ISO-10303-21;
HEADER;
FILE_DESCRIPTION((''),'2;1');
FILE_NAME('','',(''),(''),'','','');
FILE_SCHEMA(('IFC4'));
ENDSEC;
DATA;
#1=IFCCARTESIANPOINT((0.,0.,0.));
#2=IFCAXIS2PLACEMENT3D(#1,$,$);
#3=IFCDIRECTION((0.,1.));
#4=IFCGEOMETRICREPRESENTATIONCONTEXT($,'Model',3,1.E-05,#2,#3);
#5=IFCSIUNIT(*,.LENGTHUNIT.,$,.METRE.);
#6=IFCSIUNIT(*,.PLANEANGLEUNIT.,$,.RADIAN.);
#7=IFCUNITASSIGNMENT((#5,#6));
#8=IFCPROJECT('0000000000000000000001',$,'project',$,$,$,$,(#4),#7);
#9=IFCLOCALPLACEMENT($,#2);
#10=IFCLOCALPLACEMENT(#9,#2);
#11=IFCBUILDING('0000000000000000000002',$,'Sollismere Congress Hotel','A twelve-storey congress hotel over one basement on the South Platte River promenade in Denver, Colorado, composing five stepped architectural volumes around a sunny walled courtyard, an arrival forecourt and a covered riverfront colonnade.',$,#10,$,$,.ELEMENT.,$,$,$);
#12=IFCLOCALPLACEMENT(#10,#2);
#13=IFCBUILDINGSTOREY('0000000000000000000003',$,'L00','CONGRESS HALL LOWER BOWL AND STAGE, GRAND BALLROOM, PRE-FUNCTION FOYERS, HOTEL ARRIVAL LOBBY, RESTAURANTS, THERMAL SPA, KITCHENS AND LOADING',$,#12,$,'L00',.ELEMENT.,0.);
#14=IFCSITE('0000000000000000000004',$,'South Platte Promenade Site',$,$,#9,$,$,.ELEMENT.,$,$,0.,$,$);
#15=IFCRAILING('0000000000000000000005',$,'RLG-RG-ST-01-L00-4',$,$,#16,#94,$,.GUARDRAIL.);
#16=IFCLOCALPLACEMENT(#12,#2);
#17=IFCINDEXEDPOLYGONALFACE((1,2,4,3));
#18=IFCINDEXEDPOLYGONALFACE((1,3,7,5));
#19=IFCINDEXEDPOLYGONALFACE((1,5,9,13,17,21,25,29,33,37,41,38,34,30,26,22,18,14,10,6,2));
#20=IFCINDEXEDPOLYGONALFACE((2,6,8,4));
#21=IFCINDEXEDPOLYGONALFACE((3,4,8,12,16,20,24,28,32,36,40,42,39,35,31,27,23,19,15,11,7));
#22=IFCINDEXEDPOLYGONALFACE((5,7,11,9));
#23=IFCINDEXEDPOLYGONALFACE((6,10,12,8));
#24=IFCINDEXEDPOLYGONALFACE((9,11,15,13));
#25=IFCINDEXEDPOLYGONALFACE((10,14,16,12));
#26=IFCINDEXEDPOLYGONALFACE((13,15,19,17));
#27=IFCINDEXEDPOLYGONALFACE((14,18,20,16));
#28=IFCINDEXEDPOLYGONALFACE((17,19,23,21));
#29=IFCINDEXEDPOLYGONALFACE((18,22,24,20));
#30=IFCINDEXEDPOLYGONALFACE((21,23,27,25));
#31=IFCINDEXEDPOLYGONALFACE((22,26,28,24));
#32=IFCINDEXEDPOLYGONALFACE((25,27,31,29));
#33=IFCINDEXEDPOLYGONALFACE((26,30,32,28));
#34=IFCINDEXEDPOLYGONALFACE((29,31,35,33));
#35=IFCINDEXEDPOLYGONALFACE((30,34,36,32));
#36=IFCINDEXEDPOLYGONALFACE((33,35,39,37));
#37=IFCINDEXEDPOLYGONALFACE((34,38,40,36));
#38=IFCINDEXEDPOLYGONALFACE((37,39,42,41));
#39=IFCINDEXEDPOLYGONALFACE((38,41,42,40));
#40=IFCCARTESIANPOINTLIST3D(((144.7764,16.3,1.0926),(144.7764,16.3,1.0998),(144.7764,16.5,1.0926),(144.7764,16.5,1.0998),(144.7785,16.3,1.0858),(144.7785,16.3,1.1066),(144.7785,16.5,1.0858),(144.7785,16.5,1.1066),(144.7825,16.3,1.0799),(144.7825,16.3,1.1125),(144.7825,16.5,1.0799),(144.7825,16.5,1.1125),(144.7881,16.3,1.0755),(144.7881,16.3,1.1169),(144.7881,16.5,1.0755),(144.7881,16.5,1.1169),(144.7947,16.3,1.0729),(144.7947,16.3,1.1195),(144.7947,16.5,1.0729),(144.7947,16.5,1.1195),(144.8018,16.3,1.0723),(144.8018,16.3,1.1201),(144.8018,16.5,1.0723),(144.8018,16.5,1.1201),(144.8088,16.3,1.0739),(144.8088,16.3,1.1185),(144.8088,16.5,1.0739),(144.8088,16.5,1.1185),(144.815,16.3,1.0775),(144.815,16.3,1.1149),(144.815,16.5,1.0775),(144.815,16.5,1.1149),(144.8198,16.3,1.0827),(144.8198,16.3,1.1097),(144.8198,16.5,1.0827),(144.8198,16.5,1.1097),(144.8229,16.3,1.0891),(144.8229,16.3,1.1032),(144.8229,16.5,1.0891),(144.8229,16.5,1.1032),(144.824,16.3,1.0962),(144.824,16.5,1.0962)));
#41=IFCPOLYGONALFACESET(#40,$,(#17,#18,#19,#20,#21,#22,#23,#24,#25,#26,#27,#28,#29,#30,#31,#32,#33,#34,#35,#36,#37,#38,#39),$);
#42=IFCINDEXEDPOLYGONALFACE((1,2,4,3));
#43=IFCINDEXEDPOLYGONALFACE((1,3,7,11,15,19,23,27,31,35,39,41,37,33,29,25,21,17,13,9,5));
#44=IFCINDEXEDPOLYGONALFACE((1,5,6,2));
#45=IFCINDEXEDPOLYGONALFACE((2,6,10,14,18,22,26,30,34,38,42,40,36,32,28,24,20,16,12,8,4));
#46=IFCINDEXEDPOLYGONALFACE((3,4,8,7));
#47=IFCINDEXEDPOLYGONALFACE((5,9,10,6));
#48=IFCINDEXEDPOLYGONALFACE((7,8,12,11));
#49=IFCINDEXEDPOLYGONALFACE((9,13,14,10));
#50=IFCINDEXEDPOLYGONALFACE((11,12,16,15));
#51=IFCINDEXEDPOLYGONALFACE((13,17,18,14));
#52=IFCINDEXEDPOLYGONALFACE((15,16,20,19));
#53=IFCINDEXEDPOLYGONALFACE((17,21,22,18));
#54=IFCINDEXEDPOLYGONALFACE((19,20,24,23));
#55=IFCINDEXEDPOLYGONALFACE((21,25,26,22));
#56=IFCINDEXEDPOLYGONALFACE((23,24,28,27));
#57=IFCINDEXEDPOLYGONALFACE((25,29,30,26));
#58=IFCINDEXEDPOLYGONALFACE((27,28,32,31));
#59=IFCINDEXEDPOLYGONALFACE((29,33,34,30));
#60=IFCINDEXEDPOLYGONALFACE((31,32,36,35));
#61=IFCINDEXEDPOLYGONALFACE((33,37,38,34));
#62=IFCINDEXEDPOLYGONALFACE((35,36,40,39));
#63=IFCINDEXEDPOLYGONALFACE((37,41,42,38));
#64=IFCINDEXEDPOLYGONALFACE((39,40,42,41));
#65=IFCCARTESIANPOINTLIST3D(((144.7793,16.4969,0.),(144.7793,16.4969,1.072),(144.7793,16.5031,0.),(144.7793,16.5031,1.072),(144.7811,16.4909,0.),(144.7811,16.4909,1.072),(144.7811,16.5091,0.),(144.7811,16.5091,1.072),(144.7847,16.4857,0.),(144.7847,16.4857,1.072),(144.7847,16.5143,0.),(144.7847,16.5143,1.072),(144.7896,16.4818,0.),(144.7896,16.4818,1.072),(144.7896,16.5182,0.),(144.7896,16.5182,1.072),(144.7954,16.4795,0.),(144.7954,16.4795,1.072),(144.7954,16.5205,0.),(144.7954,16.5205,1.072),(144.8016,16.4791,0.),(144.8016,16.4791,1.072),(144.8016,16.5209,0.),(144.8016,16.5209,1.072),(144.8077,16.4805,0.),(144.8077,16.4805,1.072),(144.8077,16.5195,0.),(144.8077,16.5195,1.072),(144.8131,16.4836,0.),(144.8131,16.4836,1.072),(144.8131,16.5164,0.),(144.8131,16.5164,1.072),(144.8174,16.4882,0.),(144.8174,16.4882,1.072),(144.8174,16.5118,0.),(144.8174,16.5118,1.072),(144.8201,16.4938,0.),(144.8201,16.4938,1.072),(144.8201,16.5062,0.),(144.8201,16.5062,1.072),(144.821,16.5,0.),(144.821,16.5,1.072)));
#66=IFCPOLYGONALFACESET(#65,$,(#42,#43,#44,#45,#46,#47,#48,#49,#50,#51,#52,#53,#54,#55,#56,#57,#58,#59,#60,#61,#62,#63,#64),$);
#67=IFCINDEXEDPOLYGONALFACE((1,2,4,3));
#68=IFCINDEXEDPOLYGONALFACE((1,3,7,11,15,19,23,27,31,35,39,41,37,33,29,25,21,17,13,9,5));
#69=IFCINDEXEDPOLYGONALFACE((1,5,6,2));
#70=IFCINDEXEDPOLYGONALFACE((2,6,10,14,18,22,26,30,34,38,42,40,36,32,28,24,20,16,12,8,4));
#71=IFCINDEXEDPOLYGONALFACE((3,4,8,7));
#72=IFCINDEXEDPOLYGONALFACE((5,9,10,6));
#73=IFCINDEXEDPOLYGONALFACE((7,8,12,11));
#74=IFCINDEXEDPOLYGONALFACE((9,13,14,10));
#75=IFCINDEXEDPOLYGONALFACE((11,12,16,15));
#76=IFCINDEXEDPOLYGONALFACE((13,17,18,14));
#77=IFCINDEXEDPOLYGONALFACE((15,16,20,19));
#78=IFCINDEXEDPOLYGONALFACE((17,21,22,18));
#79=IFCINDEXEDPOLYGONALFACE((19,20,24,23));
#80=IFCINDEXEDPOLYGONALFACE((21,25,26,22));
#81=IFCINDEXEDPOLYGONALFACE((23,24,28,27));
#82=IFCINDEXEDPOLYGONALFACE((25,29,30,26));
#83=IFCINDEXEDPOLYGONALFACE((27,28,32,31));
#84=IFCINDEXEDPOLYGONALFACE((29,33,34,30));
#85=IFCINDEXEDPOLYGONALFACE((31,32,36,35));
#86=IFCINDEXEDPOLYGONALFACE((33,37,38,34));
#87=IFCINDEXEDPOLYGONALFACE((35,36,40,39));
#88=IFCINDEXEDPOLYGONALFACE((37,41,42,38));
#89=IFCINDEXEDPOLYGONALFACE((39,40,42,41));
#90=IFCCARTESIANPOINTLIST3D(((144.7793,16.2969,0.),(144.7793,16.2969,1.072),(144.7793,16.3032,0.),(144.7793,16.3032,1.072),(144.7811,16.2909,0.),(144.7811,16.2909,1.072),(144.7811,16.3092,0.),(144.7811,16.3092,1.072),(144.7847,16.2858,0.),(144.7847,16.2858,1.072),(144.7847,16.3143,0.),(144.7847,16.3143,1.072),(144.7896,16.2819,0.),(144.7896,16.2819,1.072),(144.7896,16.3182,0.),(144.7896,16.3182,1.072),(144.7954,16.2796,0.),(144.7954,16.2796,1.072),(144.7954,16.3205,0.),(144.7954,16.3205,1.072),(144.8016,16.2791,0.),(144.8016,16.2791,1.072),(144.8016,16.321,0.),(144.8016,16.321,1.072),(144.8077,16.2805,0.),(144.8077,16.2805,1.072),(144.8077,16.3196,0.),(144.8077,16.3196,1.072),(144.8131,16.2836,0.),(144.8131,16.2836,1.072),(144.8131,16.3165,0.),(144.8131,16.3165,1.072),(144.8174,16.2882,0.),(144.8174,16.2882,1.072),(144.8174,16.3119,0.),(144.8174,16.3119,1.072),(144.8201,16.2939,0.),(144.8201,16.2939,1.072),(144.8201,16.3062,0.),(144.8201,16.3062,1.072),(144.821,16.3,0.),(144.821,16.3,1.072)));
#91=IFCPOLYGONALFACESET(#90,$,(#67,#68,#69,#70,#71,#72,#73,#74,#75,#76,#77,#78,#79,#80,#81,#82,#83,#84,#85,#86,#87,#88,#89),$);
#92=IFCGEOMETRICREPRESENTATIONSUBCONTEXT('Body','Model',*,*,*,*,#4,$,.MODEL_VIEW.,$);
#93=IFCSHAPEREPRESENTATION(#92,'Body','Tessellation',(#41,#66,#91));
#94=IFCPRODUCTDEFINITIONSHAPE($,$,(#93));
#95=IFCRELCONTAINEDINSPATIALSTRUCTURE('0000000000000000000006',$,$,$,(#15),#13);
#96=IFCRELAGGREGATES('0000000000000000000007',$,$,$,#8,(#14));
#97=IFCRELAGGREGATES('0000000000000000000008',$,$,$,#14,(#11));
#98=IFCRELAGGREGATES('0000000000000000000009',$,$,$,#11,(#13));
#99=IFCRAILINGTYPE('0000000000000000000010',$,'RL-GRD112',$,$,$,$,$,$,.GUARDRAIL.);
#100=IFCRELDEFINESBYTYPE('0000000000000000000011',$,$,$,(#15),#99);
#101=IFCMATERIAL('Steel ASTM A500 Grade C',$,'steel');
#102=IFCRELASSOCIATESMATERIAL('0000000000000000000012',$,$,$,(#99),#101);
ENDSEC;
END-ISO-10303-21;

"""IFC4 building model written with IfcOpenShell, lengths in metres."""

from ifc_helpers import new_model, si_unit, direction, frame, origin, origin_2d, place, context, subcontext, project, spatial, circle, extrude, material, type_object, element, save


model = new_model("IFC4")

# Units and contexts
model_context = context("Model", 3, precision=1e-05, world=origin(), true_north=direction((0.0, 1.0)))
body_context = subcontext(model_context, "Body", "Model", "MODEL_VIEW")
ifc_project = project(units=[si_unit("LENGTHUNIT", "METRE"), si_unit("PLANEANGLEUNIT", "RADIAN")], contexts=[model_context])

# Site, building, storey
site_placement = place(None, origin())
site = spatial("IfcSite", under=ifc_project, at=site_placement, Name="South Platte Promenade Site", CompositionType="ELEMENT", RefElevation=0.0)
building_placement = place(site_placement, origin())
building = spatial("IfcBuilding", under=site, at=building_placement, Name="Sollismere Congress Hotel", Description="A twelve-storey congress hotel over one basement on the South Platte River promenade in Denver, Colorado, composing five stepped architectural volumes around a sunny walled courtyard, an arrival forecourt and a covered riverfront colonnade.", CompositionType="ELEMENT")
storey_placement = place(building_placement, origin())
storey = spatial("IfcBuildingStorey", under=building, at=storey_placement, Name="L00", Description="CONGRESS HALL LOWER BOWL AND STAGE, GRAND BALLROOM, PRE-FUNCTION FOYERS, HOTEL ARRIVAL LOBBY, RESTAURANTS, THERMAL SPA, KITCHENS AND LOADING", LongName="L00", CompositionType="ELEMENT", Elevation=0.0)

# Railing
ifc_material_1 = material(Name="Steel ASTM A500 Grade C", Category="steel")
railing_type_1 = type_object("IfcRailingType", Name="RL-GRD112", PredefinedType="GUARDRAIL", material=ifc_material_1)
railing_1_placement = place(storey_placement, frame((144.8, 16.5, 0.0)))
element("IfcRailing", 1, at=railing_1_placement, inside=storey, type_object=railing_type_1, Name="RLG-RG-ST-01-L00-4", PredefinedType="GUARDRAIL", context=body_context, shape_type="SweptSolid", body=[
    extrude(circle(Radius=0.0239, at=origin_2d()), frame((0.0, 0.0, 1.0962), z_axis=(0.0, -1.0, 0.0), x_axis=(1.0, 0.0, 0.0)), (0.0, 0.0, 1.0), 0.2),
    extrude(circle(Radius=0.021, at=origin_2d()), origin(), (0.0, 0.0, 1.0), 1.072),
    extrude(circle(Radius=0.021, at=origin_2d()), frame((0.0, -0.2, 0.0)), (0.0, 0.0, 1.0), 1.072),
])

save(model, "model.ifc")
